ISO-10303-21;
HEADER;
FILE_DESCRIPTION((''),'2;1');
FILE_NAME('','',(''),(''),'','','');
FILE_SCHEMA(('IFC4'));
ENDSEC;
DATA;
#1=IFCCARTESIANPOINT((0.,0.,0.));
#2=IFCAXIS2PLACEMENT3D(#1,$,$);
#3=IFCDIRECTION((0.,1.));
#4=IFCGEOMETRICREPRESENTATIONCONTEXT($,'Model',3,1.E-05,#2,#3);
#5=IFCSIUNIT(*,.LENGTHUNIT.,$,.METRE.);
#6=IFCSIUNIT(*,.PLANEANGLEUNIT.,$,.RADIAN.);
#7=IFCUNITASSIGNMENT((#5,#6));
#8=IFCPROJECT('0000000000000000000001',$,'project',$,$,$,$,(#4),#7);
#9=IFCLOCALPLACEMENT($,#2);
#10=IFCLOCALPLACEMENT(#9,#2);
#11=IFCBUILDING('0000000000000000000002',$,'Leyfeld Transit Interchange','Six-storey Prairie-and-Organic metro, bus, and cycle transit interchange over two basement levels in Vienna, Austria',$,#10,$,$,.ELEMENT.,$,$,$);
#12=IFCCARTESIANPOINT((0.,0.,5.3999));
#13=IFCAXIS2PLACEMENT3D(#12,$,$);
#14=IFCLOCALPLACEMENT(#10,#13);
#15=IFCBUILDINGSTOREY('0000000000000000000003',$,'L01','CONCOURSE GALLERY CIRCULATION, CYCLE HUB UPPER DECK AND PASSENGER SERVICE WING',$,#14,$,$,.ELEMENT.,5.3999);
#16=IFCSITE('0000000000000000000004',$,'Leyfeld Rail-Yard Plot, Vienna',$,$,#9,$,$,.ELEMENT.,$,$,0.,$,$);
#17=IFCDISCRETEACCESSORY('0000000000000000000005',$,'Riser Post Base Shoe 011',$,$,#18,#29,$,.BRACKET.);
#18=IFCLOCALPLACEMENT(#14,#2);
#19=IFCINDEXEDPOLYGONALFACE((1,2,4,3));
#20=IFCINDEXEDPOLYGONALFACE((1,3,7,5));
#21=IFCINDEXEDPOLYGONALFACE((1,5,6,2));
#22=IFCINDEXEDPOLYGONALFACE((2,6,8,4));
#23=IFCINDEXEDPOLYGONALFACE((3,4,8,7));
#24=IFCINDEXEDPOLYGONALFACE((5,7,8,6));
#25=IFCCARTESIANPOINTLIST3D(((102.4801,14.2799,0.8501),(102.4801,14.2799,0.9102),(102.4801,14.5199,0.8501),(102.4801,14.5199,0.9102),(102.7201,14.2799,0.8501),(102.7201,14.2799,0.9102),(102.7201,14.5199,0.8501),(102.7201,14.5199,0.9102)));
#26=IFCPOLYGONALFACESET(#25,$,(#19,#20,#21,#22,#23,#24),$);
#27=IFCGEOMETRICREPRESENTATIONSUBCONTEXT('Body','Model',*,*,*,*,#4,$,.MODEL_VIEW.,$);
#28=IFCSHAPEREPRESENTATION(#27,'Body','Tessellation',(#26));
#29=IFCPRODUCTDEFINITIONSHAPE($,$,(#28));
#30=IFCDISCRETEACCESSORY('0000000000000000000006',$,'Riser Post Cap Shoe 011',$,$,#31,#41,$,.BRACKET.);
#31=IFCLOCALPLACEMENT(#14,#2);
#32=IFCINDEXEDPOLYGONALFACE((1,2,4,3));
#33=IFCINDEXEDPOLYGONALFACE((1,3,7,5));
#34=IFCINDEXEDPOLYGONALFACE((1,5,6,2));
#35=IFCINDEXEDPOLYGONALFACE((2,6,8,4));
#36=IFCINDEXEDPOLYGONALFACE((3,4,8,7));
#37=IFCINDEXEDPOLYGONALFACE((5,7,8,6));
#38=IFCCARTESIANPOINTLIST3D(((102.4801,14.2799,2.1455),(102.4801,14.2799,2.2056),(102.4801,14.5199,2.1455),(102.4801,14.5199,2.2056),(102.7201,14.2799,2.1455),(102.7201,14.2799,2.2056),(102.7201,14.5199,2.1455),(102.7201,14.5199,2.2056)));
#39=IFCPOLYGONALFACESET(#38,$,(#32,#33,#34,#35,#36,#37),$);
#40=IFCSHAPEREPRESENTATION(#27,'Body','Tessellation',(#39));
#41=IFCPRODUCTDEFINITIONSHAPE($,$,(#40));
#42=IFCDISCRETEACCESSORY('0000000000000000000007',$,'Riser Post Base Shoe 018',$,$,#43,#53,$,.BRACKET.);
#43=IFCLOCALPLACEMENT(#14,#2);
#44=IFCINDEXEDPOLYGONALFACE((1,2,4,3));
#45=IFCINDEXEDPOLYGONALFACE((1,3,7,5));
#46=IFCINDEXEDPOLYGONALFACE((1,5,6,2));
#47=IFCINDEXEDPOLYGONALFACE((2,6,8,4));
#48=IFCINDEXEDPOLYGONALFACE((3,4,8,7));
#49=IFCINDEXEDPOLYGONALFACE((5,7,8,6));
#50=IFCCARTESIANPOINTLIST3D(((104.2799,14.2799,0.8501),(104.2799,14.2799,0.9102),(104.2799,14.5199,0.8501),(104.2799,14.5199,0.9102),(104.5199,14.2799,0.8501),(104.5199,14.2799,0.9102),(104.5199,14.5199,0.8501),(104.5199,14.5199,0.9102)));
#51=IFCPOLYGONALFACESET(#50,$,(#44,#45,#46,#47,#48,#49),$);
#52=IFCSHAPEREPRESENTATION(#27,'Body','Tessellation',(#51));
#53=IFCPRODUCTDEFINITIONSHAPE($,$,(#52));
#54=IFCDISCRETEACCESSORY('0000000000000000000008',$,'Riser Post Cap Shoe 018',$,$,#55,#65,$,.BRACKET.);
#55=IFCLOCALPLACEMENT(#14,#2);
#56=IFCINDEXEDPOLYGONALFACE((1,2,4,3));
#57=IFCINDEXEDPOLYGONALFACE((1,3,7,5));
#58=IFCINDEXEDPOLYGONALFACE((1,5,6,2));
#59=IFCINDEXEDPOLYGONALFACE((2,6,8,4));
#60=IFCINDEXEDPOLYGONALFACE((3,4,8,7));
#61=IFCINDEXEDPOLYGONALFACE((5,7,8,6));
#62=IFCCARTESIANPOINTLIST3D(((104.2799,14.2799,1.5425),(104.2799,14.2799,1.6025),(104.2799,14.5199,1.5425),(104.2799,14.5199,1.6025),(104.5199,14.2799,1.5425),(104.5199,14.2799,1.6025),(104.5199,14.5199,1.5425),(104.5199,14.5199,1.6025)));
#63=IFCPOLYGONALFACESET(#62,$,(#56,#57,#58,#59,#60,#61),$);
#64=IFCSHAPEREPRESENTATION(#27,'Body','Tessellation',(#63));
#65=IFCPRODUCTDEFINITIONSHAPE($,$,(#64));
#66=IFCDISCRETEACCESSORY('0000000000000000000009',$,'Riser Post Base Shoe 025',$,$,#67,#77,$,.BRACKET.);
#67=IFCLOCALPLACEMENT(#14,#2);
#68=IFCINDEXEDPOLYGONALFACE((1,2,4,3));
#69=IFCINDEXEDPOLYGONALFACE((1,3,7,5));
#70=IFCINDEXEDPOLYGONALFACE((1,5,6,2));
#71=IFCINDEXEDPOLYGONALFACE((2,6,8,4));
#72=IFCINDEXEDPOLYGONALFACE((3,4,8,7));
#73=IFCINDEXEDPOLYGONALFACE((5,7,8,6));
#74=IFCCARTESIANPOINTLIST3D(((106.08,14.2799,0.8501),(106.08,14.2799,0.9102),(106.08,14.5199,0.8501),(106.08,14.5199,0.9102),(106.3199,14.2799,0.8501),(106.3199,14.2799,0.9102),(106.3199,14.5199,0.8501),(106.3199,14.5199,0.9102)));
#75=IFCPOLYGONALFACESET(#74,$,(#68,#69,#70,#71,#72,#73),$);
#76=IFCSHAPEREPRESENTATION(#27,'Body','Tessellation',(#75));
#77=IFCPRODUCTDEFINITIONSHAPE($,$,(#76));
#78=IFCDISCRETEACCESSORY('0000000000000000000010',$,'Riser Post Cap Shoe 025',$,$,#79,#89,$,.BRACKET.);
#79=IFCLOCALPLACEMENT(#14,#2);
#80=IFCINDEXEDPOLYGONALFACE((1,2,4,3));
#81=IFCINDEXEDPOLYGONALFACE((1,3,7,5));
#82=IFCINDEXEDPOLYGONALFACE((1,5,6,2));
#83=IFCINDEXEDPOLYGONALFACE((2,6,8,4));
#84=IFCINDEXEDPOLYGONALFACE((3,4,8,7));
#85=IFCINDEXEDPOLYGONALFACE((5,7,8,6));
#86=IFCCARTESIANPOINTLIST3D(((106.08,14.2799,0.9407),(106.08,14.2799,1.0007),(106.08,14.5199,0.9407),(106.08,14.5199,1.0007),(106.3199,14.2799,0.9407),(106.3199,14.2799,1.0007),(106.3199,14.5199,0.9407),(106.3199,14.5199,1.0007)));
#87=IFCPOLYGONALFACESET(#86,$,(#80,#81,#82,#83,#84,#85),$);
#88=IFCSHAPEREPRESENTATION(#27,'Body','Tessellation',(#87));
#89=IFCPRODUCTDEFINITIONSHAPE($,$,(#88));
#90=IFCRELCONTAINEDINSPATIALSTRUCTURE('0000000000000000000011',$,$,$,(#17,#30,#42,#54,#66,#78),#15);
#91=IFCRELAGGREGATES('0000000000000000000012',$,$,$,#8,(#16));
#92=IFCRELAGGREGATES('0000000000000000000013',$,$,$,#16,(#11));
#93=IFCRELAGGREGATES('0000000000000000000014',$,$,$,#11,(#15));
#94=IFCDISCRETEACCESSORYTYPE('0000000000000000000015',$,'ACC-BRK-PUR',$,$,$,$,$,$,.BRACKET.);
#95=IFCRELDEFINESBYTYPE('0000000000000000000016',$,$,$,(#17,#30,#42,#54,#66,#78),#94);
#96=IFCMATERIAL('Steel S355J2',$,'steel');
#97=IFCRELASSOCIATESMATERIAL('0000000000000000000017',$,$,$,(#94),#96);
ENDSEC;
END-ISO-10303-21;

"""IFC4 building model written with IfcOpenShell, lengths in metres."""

from ifc_helpers import new_model, si_unit, direction, frame, origin, origin_2d, place, context, subcontext, project, spatial, rectangle, extrude, material, type_object, element, save


model = new_model("IFC4")

# Units and contexts
model_context = context("Model", 3, precision=1e-05, world=origin(), true_north=direction((0.0, 1.0)))
body_context = subcontext(model_context, "Body", "Model", "MODEL_VIEW")
ifc_project = project(units=[si_unit("LENGTHUNIT", "METRE"), si_unit("PLANEANGLEUNIT", "RADIAN")], contexts=[model_context])

# Site, building, storey
site_placement = place(None, origin())
site = spatial("IfcSite", under=ifc_project, at=site_placement, Name="Leyfeld Rail-Yard Plot, Vienna", CompositionType="ELEMENT", RefElevation=0.0)
building_placement = place(site_placement, origin())
building = spatial("IfcBuilding", under=site, at=building_placement, Name="Leyfeld Transit Interchange", Description="Six-storey Prairie-and-Organic metro, bus, and cycle transit interchange over two basement levels in Vienna, Austria", CompositionType="ELEMENT")
storey_placement = place(building_placement, frame((0.0, 0.0, 5.3999)))
storey = spatial("IfcBuildingStorey", under=building, at=storey_placement, Name="L01", Description="CONCOURSE GALLERY CIRCULATION, CYCLE HUB UPPER DECK AND PASSENGER SERVICE WING", CompositionType="ELEMENT", Elevation=5.3999)

# Shared definitions
ifc_material_1 = material(Name="Steel S355J2", Category="steel")

# Discrete accessories
discrete_accessory_type = type_object("IfcDiscreteAccessoryType", Name="ACC-BRK-PUR", PredefinedType="BRACKET", material=ifc_material_1)
for number, where, z_axis, x_axis, name in (
    (1, (102.6001, 14.3999, 0.8501), (0.0, 0.0, 1.0), (1.0, 0.0, 0.0), "Riser Post Base Shoe 011"),
    (2, (102.6001, 14.3999, 2.1455), (0.0, 0.0, 1.0), (1.0, 0.0, 0.0), "Riser Post Cap Shoe 011"),
    (3, (104.3999, 14.3999, 0.8501), (0.0, 0.0, 1.0), (1.0, 0.0, 0.0), "Riser Post Base Shoe 018"),
    (4, (104.3999, 14.3999, 1.5425), (0.0, 0.0, 1.0), (1.0, 0.0, 0.0), "Riser Post Cap Shoe 018"),
    (5, (106.2, 14.3999, 0.8501), (0.0, 0.0, 1.0), (1.0, 0.0, 0.0), "Riser Post Base Shoe 025"),
    (6, (106.2, 14.3999, 0.9407), (0.0, 0.0, 1.0), (1.0, 0.0, 0.0), "Riser Post Cap Shoe 025"),
):
    element("IfcDiscreteAccessory", number, at=place(storey_placement, frame(where, z_axis=z_axis, x_axis=x_axis)), inside=storey, type_object=discrete_accessory_type, Name=name, PredefinedType="BRACKET", context=body_context, shape_type="SweptSolid", body=[
        extrude(rectangle(XDim=0.24, YDim=0.24, at=origin_2d()), origin(), (0.0, 0.0, 1.0), 0.0601),
    ])

save(model, "model.ifc")
